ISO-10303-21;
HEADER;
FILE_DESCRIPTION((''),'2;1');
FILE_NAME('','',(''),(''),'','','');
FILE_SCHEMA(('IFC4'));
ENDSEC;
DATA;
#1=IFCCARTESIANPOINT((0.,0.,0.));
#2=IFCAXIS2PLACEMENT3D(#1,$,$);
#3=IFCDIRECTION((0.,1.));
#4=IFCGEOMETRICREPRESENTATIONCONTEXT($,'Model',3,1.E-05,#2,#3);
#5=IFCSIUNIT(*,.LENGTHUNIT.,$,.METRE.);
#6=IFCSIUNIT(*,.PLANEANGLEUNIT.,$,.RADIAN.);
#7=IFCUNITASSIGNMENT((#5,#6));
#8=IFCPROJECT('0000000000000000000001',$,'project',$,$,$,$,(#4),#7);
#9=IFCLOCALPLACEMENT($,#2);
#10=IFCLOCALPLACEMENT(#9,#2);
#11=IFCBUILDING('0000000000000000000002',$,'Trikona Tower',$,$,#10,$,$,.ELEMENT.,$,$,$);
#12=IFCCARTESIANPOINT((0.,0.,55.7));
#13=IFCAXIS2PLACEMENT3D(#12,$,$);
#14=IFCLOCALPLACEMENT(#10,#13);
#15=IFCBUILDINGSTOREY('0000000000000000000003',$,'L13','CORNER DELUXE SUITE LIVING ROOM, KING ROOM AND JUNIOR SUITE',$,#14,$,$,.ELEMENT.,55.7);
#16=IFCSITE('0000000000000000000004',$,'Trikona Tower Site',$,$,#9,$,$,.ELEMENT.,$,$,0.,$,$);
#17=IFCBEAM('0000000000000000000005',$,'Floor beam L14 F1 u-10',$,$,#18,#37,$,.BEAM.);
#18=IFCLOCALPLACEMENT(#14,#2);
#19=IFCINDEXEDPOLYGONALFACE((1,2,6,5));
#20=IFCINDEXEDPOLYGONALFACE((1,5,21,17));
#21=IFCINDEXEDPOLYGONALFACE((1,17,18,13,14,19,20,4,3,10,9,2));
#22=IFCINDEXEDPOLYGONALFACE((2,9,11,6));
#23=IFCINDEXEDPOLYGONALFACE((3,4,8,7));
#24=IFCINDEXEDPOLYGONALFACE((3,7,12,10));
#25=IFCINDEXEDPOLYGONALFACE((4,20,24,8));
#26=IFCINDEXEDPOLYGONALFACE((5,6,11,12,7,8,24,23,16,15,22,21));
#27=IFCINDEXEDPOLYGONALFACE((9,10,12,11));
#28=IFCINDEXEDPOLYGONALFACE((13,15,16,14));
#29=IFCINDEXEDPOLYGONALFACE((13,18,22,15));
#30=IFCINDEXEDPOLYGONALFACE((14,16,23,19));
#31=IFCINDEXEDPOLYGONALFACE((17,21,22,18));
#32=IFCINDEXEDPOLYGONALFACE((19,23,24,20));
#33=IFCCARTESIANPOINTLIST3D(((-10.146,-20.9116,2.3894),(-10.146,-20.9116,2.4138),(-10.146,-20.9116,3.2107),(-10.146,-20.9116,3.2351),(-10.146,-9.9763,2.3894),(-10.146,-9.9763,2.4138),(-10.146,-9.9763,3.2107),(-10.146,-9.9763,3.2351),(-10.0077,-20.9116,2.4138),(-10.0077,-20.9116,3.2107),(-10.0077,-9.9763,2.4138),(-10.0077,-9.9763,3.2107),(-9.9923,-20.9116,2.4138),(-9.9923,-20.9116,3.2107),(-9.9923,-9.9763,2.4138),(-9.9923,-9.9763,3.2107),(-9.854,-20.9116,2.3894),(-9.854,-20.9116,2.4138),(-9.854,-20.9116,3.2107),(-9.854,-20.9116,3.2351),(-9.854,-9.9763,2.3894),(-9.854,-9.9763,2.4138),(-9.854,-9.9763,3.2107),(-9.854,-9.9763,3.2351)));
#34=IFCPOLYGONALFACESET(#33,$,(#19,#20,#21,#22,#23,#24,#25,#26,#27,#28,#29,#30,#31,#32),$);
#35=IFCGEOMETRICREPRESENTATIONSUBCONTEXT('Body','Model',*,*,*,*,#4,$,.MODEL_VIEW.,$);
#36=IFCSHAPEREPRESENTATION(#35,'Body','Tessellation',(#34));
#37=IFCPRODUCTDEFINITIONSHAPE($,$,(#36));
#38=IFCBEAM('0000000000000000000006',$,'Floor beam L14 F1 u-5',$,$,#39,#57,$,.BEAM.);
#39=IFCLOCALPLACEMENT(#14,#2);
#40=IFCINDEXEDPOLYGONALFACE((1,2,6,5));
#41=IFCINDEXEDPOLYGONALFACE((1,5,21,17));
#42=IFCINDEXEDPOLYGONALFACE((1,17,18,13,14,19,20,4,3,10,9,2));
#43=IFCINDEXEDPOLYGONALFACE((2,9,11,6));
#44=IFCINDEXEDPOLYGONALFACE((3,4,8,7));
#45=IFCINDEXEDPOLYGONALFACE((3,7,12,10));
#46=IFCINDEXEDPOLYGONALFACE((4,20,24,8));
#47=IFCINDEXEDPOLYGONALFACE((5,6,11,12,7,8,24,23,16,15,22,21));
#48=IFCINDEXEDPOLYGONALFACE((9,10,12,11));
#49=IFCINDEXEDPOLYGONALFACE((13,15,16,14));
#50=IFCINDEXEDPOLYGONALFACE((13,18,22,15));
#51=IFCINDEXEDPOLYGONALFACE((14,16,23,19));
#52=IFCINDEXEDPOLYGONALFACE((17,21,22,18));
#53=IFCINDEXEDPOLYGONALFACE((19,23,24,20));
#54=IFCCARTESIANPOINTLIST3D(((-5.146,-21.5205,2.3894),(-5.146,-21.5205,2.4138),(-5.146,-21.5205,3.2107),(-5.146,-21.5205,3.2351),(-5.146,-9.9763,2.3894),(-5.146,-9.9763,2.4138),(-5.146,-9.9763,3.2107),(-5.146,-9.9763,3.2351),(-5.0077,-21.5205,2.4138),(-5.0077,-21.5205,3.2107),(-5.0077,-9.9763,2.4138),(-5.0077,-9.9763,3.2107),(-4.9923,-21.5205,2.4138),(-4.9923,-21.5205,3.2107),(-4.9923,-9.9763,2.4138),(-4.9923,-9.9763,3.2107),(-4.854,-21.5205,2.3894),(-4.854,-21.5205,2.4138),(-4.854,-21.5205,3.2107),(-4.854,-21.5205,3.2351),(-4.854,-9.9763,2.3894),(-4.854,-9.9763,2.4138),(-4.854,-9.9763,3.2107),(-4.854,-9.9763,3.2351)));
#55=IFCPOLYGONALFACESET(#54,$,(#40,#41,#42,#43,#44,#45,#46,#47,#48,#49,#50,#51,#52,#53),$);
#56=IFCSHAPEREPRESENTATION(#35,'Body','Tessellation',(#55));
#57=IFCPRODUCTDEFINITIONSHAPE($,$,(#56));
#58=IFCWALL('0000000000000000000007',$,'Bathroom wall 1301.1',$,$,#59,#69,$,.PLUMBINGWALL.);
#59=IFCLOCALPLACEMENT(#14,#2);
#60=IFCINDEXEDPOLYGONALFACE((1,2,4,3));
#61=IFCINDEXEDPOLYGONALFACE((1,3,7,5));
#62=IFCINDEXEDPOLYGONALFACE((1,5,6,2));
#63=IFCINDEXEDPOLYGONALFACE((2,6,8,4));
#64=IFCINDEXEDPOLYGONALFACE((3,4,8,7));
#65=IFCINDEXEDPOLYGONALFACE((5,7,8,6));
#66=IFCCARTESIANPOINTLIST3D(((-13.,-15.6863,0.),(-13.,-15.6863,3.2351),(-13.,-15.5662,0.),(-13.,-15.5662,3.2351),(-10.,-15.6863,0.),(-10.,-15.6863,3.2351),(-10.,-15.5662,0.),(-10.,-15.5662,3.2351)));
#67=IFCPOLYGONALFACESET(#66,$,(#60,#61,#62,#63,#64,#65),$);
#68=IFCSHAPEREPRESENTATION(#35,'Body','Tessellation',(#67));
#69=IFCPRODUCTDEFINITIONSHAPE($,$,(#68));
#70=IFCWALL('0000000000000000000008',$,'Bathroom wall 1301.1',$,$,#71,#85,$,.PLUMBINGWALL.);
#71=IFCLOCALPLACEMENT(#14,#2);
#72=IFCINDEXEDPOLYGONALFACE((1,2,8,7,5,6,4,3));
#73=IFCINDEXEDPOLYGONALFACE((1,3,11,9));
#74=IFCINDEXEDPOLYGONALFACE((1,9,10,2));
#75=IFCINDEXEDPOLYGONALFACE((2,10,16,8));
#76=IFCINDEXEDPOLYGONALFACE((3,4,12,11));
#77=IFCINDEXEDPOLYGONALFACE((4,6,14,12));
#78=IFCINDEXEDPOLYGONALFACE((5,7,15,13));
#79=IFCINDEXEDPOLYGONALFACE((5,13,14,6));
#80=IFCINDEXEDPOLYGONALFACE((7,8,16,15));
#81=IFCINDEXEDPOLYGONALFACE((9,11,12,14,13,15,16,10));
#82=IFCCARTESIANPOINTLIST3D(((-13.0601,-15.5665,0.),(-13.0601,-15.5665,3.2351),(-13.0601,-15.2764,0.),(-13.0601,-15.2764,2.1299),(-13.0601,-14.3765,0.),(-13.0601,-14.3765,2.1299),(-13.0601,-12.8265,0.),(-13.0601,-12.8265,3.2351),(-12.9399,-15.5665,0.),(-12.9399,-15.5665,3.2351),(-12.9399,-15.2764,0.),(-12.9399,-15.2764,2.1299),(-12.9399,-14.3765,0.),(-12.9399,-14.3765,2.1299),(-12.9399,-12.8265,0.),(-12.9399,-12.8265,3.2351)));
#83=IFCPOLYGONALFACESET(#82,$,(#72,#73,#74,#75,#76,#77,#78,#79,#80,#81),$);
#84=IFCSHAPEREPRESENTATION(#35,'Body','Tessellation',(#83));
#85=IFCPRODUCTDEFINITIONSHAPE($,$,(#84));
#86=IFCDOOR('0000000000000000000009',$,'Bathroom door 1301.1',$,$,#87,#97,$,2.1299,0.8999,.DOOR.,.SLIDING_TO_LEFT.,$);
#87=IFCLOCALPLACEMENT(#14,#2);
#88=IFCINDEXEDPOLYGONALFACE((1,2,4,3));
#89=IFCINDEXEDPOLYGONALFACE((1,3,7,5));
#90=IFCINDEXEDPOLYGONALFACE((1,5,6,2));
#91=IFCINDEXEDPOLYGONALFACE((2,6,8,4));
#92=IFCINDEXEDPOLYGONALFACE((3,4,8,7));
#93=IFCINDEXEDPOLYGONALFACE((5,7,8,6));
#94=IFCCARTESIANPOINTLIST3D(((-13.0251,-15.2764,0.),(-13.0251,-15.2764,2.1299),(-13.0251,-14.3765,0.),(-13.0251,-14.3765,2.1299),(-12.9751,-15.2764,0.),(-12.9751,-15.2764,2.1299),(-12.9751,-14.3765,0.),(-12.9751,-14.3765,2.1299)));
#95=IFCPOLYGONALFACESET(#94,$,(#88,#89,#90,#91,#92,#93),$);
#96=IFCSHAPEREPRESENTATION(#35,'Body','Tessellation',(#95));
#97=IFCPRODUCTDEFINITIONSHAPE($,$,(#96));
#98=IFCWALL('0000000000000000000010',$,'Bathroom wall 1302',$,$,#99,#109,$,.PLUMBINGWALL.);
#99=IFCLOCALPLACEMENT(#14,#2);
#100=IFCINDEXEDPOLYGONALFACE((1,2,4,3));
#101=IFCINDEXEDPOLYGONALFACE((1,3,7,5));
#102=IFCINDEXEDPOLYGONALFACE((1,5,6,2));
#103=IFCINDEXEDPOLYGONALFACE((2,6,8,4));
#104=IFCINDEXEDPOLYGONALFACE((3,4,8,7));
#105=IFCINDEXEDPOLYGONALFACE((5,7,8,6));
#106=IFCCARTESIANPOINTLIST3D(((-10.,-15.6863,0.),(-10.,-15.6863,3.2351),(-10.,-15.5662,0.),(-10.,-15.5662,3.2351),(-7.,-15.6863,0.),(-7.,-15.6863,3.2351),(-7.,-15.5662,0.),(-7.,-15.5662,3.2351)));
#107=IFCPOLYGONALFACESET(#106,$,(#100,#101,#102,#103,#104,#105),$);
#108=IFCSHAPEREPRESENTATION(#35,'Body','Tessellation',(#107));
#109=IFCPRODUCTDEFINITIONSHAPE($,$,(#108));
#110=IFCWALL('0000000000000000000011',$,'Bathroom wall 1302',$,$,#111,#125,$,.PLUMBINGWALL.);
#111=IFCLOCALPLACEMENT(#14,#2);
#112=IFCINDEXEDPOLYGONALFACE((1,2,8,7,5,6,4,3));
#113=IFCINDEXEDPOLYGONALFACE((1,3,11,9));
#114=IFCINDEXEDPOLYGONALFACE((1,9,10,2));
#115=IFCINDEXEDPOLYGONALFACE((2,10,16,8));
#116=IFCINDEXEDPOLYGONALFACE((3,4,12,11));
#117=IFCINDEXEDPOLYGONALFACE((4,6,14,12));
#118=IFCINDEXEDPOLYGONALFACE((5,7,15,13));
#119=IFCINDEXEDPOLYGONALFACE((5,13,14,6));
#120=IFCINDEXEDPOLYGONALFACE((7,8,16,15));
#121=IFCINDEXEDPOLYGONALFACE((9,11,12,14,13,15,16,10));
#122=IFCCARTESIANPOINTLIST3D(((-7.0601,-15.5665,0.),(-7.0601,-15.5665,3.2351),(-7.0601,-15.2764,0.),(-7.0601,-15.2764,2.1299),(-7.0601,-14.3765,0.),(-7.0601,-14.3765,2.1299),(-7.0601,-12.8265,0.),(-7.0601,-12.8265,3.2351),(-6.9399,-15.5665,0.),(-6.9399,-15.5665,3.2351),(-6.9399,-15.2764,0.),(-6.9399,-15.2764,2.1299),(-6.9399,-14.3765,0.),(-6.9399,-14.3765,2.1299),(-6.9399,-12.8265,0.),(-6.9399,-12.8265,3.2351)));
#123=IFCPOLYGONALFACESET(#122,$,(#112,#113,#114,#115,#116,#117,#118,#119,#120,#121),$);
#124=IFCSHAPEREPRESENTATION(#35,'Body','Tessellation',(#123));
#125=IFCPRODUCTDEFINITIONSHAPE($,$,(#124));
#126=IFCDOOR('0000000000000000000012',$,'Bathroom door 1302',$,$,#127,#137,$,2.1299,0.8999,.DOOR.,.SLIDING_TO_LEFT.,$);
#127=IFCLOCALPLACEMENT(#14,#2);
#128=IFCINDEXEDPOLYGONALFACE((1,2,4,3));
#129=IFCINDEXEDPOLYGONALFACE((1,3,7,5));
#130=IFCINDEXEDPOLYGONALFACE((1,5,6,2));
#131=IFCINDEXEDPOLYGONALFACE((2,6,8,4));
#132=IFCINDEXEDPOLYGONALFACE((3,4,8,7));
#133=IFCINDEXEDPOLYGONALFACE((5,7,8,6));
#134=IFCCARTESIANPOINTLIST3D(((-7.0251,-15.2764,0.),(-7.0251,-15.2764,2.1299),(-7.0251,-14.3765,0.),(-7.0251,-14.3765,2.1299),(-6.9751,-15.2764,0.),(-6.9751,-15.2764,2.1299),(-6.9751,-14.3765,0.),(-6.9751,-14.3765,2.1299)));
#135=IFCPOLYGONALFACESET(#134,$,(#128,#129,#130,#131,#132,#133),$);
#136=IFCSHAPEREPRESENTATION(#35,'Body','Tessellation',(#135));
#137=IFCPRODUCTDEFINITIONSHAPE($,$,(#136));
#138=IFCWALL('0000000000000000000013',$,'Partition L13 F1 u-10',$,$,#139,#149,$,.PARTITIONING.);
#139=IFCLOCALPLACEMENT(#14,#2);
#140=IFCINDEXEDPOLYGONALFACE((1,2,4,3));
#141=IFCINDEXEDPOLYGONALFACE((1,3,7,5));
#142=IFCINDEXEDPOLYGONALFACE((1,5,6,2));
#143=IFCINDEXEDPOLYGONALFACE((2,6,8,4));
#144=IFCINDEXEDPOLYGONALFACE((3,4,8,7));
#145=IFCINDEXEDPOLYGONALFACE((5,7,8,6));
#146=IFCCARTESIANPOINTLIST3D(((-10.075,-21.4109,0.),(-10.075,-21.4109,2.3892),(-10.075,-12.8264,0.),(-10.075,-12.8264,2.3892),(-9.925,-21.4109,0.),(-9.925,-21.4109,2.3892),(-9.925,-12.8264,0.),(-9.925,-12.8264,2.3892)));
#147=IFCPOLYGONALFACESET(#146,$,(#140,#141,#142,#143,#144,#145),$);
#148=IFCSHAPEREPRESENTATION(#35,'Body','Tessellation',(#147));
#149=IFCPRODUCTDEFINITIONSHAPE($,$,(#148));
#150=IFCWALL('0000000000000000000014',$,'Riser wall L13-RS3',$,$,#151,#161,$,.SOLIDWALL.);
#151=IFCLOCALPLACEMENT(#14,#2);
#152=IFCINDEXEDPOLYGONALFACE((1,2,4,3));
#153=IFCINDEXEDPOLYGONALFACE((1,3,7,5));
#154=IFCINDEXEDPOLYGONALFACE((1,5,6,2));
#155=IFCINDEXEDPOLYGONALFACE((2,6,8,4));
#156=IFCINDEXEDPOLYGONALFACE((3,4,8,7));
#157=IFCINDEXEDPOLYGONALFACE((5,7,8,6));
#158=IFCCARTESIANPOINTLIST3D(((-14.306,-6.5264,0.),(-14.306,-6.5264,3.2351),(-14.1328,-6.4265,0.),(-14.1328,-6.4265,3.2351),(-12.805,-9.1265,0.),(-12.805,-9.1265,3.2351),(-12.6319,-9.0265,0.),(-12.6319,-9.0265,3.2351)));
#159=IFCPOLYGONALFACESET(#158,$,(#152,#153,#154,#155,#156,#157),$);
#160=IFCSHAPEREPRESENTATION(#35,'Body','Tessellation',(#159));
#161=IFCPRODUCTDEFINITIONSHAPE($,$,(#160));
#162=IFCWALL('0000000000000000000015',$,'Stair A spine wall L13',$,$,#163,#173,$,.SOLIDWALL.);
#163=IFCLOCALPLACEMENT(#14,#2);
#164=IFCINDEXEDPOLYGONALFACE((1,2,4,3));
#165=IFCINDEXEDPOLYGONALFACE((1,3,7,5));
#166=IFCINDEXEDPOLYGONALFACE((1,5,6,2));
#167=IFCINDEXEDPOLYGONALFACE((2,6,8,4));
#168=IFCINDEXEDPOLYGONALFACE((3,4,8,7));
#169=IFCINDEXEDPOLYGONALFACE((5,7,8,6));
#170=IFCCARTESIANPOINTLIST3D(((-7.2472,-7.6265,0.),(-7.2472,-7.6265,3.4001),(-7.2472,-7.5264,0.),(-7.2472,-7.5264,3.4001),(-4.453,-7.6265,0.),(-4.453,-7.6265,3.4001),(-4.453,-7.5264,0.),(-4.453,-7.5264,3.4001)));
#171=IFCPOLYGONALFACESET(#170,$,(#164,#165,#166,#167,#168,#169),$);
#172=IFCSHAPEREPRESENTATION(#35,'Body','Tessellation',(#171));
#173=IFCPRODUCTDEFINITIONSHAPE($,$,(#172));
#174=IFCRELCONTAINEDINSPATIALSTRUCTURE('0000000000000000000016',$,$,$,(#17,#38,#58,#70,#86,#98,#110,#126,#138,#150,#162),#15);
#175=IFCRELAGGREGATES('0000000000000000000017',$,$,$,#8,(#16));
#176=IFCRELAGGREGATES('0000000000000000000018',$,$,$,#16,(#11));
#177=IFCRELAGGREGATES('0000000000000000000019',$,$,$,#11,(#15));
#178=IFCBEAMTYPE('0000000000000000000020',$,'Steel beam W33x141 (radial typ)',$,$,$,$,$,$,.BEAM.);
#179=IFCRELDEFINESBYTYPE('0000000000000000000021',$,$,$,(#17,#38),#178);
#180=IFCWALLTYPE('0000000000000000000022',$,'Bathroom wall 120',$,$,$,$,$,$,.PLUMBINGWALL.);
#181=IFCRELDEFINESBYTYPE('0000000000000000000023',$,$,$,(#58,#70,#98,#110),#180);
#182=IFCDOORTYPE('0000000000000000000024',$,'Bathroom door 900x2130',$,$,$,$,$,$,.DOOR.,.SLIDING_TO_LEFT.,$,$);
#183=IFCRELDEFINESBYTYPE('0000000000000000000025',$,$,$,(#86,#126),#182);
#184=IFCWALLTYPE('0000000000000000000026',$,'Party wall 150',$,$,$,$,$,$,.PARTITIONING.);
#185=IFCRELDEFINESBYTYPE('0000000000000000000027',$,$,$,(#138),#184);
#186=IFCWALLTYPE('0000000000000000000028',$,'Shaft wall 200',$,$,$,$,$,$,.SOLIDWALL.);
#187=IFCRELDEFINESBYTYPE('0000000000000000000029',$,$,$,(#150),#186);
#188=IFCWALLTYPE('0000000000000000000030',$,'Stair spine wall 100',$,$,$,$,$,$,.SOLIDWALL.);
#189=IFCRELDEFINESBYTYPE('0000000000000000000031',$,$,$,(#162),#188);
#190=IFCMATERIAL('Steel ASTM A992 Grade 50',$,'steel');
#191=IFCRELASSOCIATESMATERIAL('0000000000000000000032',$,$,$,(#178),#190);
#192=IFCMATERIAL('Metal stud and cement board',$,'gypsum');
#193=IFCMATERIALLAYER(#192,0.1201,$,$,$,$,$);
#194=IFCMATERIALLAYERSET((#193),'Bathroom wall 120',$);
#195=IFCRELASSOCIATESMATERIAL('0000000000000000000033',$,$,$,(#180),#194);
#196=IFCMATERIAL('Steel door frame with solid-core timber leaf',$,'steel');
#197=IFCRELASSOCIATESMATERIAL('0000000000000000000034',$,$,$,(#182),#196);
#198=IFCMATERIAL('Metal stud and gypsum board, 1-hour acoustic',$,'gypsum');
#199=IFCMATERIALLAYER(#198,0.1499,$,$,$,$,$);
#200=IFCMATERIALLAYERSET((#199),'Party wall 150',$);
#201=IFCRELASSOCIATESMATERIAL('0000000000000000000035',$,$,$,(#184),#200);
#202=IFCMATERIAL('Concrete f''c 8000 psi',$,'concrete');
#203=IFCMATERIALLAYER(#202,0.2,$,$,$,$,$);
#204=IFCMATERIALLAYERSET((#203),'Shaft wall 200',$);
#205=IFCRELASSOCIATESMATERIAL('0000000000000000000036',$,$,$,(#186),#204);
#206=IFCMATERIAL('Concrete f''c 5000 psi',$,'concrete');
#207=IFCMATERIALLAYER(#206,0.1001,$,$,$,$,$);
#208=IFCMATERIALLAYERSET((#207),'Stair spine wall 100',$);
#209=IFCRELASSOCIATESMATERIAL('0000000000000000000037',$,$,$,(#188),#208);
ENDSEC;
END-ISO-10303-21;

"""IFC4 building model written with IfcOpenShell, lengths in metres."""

from ifc_helpers import new_model, si_unit, direction, frame, frame_2d, origin, origin_2d, place, context, subcontext, project, spatial, rectangle, i_section, extrude, material, layer, layer_set, material_profile, profile_set, type_object, element, fill, save


model = new_model("IFC4")

# Units and contexts
model_context = context("Model", 3, precision=1e-05, world=origin(), true_north=direction((0.0, 1.0)))
body_context = subcontext(model_context, "Body", "Model", "MODEL_VIEW")
ifc_project = project(units=[si_unit("LENGTHUNIT", "METRE"), si_unit("PLANEANGLEUNIT", "RADIAN")], contexts=[model_context])

# Site, building, storey
site_placement = place(None, origin())
site = spatial("IfcSite", under=ifc_project, at=site_placement, Name="Trikona Tower Site", CompositionType="ELEMENT", RefElevation=0.0)
building_placement = place(site_placement, origin())
building = spatial("IfcBuilding", under=site, at=building_placement, Name="Trikona Tower", CompositionType="ELEMENT")
storey_placement = place(building_placement, frame((0.0, 0.0, 55.7)))
storey = spatial("IfcBuildingStorey", under=building, at=storey_placement, Name="L13", Description="CORNER DELUXE SUITE LIVING ROOM, KING ROOM AND JUNIOR SUITE", CompositionType="ELEMENT", Elevation=55.7)

# Beams
ifc_material_1 = material(Name="Steel ASTM A992 Grade 50", Category="steel")
ifc_material_profile = material_profile(ifc_material_1, i_section(OverallWidth=0.292, OverallDepth=0.8457, WebThickness=0.0154, FlangeThickness=0.0244, at=origin_2d()), Name="W33X141")
ifc_profile_set = profile_set([ifc_material_profile], Name="Steel ASTM A992 Grade 50")
beam_type = type_object("IfcBeamType", Name="Steel beam W33x141 (radial typ)", PredefinedType="BEAM", material=ifc_profile_set)
beam_1_placement = place(storey_placement, frame((-10.0, -9.9763, 2.8123), z_axis=(0.0, -1.0, 0.0), x_axis=(1.0, 0.0, 0.0)))
element("IfcBeam", 1, at=beam_1_placement, inside=storey, type_object=beam_type, Name="Floor beam L14 F1 u-10", PredefinedType="BEAM", context=body_context, shape_type="SweptSolid", body=[
    extrude(i_section(OverallWidth=0.292, OverallDepth=0.8457, WebThickness=0.0154, FlangeThickness=0.0244, at=origin_2d()), origin(), (0.0, 0.0, 1.0), 10.9353),
])
beam_2_placement = place(storey_placement, frame((-5.0, -9.9763, 2.8123), z_axis=(0.0, -1.0, 0.0), x_axis=(1.0, 0.0, 0.0)))
element("IfcBeam", 2, at=beam_2_placement, inside=storey, type_object=beam_type, Name="Floor beam L14 F1 u-5", PredefinedType="BEAM", context=body_context, shape_type="SweptSolid", body=[
    extrude(i_section(OverallWidth=0.292, OverallDepth=0.8457, WebThickness=0.0154, FlangeThickness=0.0244, at=origin_2d()), origin(), (0.0, 0.0, 1.0), 11.5442),
])

# Wall
ifc_material_2 = material(Name="Metal stud and cement board", Category="gypsum")
ifc_layer_1 = layer(ifc_material_2, 0.1201)
ifc_layer_set_1 = layer_set([ifc_layer_1], Name="Bathroom wall 120")
wall_type_1 = type_object("IfcWallType", Name="Bathroom wall 120", PredefinedType="PLUMBINGWALL", material=ifc_layer_set_1)
wall_1_placement = place(storey_placement, frame((-13.0, -15.6262, 0.0), z_axis=(0.0, 0.0, 1.0), x_axis=(1.0, 0.0, 0.0)))
element("IfcWall", 3, at=wall_1_placement, inside=storey, type_object=wall_type_1, Name="Bathroom wall 1301.1", PredefinedType="PLUMBINGWALL", context=body_context, shape_type="SweptSolid", body=[
    extrude(rectangle(XDim=3.0, YDim=0.1201, at=frame_2d((1.5, 0.0))), origin(), (0.0, 0.0, 1.0), 3.2351),
])

# Wall, opening, door
wall_2_placement = place(storey_placement, frame((-13.0, -12.8264, 0.0), z_axis=(0.0, 0.0, 1.0), x_axis=(0.0, -1.0, 0.0)))
wall_2 = element("IfcWall", 4, at=wall_2_placement, inside=storey, type_object=wall_type_1, Name="Bathroom wall 1301.1", PredefinedType="PLUMBINGWALL", context=body_context, shape_type="SweptSolid", body=[
    extrude(rectangle(XDim=2.74, YDim=0.1201, at=frame_2d((1.3701, 0.0))), origin(), (0.0, 0.0, 1.0), 3.2351),
])
opening_1_placement = place(wall_2_placement, frame((1.55, 0.0, 0.0)))
opening_1 = element("IfcOpeningElement", 5, at=opening_1_placement, cuts=wall_2, PredefinedType="OPENING", context=body_context, shape_type="SweptSolid", body=[
    extrude(rectangle(XDim=0.8999, YDim=2.1299, at=frame_2d((0.45, 1.0649))), frame((0.0, 0.0701, 0.0), z_axis=(0.0, -1.0, 0.0), x_axis=(1.0, 0.0, 0.0)), (0.0, 0.0, 1.0), 0.1401),
])
ifc_material_3 = material(Name="Steel door frame with solid-core timber leaf", Category="steel")
door_type_1 = type_object("IfcDoorType", Name="Bathroom door 900x2130", OperationType="SLIDING_TO_LEFT", PredefinedType="DOOR", material=ifc_material_3)
door_1_placement = place(opening_1_placement, origin())
door_1 = element("IfcDoor", 6, at=door_1_placement, inside=storey, type_object=door_type_1, Name="Bathroom door 1301.1", OperationType="SLIDING_TO_LEFT", OverallHeight=2.1299, OverallWidth=0.8999, PredefinedType="DOOR", context=body_context, shape_type="SweptSolid", body=[
    extrude(rectangle(XDim=0.8999, YDim=2.1299, at=frame_2d((0.45, 1.0649))), frame((0.0, 0.0249, 0.0), z_axis=(0.0, -1.0, 0.0), x_axis=(1.0, 0.0, 0.0)), (0.0, 0.0, 1.0), 0.05),
])
fill(opening_1, door_1)

# Wall
wall_3_placement = place(storey_placement, frame((-10.0, -15.6262, 0.0), z_axis=(0.0, 0.0, 1.0), x_axis=(1.0, 0.0, 0.0)))
element("IfcWall", 7, at=wall_3_placement, inside=storey, type_object=wall_type_1, Name="Bathroom wall 1302", PredefinedType="PLUMBINGWALL", context=body_context, shape_type="SweptSolid", body=[
    extrude(rectangle(XDim=3.0, YDim=0.1201, at=frame_2d((1.5, 0.0))), origin(), (0.0, 0.0, 1.0), 3.2351),
])

# Wall, opening, door
wall_4_placement = place(storey_placement, frame((-7.0, -12.8264, 0.0), z_axis=(0.0, 0.0, 1.0), x_axis=(0.0, -1.0, 0.0)))
wall_4 = element("IfcWall", 8, at=wall_4_placement, inside=storey, type_object=wall_type_1, Name="Bathroom wall 1302", PredefinedType="PLUMBINGWALL", context=body_context, shape_type="SweptSolid", body=[
    extrude(rectangle(XDim=2.74, YDim=0.1201, at=frame_2d((1.3701, 0.0))), origin(), (0.0, 0.0, 1.0), 3.2351),
])
opening_2_placement = place(wall_4_placement, frame((1.55, 0.0, 0.0)))
opening_2 = element("IfcOpeningElement", 9, at=opening_2_placement, cuts=wall_4, PredefinedType="OPENING", context=body_context, shape_type="SweptSolid", body=[
    extrude(rectangle(XDim=0.8999, YDim=2.1299, at=frame_2d((0.45, 1.0649))), frame((0.0, 0.0701, 0.0), z_axis=(0.0, -1.0, 0.0), x_axis=(1.0, 0.0, 0.0)), (0.0, 0.0, 1.0), 0.1401),
])
door_2_placement = place(opening_2_placement, origin())
door_2 = element("IfcDoor", 10, at=door_2_placement, inside=storey, type_object=door_type_1, Name="Bathroom door 1302", OperationType="SLIDING_TO_LEFT", OverallHeight=2.1299, OverallWidth=0.8999, PredefinedType="DOOR", context=body_context, shape_type="SweptSolid", body=[
    extrude(rectangle(XDim=0.8999, YDim=2.1299, at=frame_2d((0.45, 1.0649))), frame((0.0, 0.0249, 0.0), z_axis=(0.0, -1.0, 0.0), x_axis=(1.0, 0.0, 0.0)), (0.0, 0.0, 1.0), 0.05),
])
fill(opening_2, door_2)

# Walls
ifc_material_4 = material(Name="Metal stud and gypsum board, 1-hour acoustic", Category="gypsum")
ifc_layer_2 = layer(ifc_material_4, 0.1499)
ifc_layer_set_2 = layer_set([ifc_layer_2], Name="Party wall 150")
wall_type_2 = type_object("IfcWallType", Name="Party wall 150", PredefinedType="PARTITIONING", material=ifc_layer_set_2)
wall_5_placement = place(storey_placement, frame((-10.0, -12.8264, 0.0), z_axis=(0.0, 0.0, 1.0), x_axis=(0.0, -1.0, 0.0)))
element("IfcWall", 11, at=wall_5_placement, inside=storey, type_object=wall_type_2, Name="Partition L13 F1 u-10", PredefinedType="PARTITIONING", context=body_context, shape_type="SweptSolid", body=[
    extrude(rectangle(XDim=8.5845, YDim=0.1499, at=frame_2d((4.2922, 0.0))), origin(), (0.0, 0.0, 1.0), 2.3892),
])
ifc_material_5 = material(Name="Concrete f'c 8000 psi", Category="concrete")
ifc_layer_3 = layer(ifc_material_5, 0.2)
ifc_layer_set_3 = layer_set([ifc_layer_3], Name="Shaft wall 200")
wall_type_3 = type_object("IfcWallType", Name="Shaft wall 200", PredefinedType="SOLIDWALL", material=ifc_layer_set_3)
wall_6_placement = place(storey_placement, frame((-12.7185, -9.0764, 0.0), z_axis=(0.0, 0.0, 1.0), x_axis=(-0.499952, 0.866053, 0.0)))
element("IfcWall", 12, at=wall_6_placement, inside=storey, type_object=wall_type_3, Name="Riser wall L13-RS3", PredefinedType="SOLIDWALL", context=body_context, shape_type="SweptSolid", body=[
    extrude(rectangle(XDim=3.0022, YDim=0.2, at=frame_2d((1.501, 0.0))), origin(), (0.0, 0.0, 1.0), 3.2351),
])
ifc_material_6 = material(Name="Concrete f'c 5000 psi", Category="concrete")
ifc_layer_4 = layer(ifc_material_6, 0.1001)
ifc_layer_set_4 = layer_set([ifc_layer_4], Name="Stair spine wall 100")
wall_type_4 = type_object("IfcWallType", Name="Stair spine wall 100", PredefinedType="SOLIDWALL", material=ifc_layer_set_4)
wall_7_placement = place(storey_placement, frame((-7.2471, -7.5764, 0.0), z_axis=(0.0, 0.0, 1.0), x_axis=(1.0, 0.0, 0.0)))
element("IfcWall", 13, at=wall_7_placement, inside=storey, type_object=wall_type_4, Name="Stair A spine wall L13", PredefinedType="SOLIDWALL", context=body_context, shape_type="SweptSolid", body=[
    extrude(rectangle(XDim=2.7942, YDim=0.1001, at=frame_2d((1.397, 0.0))), origin(), (0.0, 0.0, 1.0), 3.4001),
])

save(model, "model.ifc")
